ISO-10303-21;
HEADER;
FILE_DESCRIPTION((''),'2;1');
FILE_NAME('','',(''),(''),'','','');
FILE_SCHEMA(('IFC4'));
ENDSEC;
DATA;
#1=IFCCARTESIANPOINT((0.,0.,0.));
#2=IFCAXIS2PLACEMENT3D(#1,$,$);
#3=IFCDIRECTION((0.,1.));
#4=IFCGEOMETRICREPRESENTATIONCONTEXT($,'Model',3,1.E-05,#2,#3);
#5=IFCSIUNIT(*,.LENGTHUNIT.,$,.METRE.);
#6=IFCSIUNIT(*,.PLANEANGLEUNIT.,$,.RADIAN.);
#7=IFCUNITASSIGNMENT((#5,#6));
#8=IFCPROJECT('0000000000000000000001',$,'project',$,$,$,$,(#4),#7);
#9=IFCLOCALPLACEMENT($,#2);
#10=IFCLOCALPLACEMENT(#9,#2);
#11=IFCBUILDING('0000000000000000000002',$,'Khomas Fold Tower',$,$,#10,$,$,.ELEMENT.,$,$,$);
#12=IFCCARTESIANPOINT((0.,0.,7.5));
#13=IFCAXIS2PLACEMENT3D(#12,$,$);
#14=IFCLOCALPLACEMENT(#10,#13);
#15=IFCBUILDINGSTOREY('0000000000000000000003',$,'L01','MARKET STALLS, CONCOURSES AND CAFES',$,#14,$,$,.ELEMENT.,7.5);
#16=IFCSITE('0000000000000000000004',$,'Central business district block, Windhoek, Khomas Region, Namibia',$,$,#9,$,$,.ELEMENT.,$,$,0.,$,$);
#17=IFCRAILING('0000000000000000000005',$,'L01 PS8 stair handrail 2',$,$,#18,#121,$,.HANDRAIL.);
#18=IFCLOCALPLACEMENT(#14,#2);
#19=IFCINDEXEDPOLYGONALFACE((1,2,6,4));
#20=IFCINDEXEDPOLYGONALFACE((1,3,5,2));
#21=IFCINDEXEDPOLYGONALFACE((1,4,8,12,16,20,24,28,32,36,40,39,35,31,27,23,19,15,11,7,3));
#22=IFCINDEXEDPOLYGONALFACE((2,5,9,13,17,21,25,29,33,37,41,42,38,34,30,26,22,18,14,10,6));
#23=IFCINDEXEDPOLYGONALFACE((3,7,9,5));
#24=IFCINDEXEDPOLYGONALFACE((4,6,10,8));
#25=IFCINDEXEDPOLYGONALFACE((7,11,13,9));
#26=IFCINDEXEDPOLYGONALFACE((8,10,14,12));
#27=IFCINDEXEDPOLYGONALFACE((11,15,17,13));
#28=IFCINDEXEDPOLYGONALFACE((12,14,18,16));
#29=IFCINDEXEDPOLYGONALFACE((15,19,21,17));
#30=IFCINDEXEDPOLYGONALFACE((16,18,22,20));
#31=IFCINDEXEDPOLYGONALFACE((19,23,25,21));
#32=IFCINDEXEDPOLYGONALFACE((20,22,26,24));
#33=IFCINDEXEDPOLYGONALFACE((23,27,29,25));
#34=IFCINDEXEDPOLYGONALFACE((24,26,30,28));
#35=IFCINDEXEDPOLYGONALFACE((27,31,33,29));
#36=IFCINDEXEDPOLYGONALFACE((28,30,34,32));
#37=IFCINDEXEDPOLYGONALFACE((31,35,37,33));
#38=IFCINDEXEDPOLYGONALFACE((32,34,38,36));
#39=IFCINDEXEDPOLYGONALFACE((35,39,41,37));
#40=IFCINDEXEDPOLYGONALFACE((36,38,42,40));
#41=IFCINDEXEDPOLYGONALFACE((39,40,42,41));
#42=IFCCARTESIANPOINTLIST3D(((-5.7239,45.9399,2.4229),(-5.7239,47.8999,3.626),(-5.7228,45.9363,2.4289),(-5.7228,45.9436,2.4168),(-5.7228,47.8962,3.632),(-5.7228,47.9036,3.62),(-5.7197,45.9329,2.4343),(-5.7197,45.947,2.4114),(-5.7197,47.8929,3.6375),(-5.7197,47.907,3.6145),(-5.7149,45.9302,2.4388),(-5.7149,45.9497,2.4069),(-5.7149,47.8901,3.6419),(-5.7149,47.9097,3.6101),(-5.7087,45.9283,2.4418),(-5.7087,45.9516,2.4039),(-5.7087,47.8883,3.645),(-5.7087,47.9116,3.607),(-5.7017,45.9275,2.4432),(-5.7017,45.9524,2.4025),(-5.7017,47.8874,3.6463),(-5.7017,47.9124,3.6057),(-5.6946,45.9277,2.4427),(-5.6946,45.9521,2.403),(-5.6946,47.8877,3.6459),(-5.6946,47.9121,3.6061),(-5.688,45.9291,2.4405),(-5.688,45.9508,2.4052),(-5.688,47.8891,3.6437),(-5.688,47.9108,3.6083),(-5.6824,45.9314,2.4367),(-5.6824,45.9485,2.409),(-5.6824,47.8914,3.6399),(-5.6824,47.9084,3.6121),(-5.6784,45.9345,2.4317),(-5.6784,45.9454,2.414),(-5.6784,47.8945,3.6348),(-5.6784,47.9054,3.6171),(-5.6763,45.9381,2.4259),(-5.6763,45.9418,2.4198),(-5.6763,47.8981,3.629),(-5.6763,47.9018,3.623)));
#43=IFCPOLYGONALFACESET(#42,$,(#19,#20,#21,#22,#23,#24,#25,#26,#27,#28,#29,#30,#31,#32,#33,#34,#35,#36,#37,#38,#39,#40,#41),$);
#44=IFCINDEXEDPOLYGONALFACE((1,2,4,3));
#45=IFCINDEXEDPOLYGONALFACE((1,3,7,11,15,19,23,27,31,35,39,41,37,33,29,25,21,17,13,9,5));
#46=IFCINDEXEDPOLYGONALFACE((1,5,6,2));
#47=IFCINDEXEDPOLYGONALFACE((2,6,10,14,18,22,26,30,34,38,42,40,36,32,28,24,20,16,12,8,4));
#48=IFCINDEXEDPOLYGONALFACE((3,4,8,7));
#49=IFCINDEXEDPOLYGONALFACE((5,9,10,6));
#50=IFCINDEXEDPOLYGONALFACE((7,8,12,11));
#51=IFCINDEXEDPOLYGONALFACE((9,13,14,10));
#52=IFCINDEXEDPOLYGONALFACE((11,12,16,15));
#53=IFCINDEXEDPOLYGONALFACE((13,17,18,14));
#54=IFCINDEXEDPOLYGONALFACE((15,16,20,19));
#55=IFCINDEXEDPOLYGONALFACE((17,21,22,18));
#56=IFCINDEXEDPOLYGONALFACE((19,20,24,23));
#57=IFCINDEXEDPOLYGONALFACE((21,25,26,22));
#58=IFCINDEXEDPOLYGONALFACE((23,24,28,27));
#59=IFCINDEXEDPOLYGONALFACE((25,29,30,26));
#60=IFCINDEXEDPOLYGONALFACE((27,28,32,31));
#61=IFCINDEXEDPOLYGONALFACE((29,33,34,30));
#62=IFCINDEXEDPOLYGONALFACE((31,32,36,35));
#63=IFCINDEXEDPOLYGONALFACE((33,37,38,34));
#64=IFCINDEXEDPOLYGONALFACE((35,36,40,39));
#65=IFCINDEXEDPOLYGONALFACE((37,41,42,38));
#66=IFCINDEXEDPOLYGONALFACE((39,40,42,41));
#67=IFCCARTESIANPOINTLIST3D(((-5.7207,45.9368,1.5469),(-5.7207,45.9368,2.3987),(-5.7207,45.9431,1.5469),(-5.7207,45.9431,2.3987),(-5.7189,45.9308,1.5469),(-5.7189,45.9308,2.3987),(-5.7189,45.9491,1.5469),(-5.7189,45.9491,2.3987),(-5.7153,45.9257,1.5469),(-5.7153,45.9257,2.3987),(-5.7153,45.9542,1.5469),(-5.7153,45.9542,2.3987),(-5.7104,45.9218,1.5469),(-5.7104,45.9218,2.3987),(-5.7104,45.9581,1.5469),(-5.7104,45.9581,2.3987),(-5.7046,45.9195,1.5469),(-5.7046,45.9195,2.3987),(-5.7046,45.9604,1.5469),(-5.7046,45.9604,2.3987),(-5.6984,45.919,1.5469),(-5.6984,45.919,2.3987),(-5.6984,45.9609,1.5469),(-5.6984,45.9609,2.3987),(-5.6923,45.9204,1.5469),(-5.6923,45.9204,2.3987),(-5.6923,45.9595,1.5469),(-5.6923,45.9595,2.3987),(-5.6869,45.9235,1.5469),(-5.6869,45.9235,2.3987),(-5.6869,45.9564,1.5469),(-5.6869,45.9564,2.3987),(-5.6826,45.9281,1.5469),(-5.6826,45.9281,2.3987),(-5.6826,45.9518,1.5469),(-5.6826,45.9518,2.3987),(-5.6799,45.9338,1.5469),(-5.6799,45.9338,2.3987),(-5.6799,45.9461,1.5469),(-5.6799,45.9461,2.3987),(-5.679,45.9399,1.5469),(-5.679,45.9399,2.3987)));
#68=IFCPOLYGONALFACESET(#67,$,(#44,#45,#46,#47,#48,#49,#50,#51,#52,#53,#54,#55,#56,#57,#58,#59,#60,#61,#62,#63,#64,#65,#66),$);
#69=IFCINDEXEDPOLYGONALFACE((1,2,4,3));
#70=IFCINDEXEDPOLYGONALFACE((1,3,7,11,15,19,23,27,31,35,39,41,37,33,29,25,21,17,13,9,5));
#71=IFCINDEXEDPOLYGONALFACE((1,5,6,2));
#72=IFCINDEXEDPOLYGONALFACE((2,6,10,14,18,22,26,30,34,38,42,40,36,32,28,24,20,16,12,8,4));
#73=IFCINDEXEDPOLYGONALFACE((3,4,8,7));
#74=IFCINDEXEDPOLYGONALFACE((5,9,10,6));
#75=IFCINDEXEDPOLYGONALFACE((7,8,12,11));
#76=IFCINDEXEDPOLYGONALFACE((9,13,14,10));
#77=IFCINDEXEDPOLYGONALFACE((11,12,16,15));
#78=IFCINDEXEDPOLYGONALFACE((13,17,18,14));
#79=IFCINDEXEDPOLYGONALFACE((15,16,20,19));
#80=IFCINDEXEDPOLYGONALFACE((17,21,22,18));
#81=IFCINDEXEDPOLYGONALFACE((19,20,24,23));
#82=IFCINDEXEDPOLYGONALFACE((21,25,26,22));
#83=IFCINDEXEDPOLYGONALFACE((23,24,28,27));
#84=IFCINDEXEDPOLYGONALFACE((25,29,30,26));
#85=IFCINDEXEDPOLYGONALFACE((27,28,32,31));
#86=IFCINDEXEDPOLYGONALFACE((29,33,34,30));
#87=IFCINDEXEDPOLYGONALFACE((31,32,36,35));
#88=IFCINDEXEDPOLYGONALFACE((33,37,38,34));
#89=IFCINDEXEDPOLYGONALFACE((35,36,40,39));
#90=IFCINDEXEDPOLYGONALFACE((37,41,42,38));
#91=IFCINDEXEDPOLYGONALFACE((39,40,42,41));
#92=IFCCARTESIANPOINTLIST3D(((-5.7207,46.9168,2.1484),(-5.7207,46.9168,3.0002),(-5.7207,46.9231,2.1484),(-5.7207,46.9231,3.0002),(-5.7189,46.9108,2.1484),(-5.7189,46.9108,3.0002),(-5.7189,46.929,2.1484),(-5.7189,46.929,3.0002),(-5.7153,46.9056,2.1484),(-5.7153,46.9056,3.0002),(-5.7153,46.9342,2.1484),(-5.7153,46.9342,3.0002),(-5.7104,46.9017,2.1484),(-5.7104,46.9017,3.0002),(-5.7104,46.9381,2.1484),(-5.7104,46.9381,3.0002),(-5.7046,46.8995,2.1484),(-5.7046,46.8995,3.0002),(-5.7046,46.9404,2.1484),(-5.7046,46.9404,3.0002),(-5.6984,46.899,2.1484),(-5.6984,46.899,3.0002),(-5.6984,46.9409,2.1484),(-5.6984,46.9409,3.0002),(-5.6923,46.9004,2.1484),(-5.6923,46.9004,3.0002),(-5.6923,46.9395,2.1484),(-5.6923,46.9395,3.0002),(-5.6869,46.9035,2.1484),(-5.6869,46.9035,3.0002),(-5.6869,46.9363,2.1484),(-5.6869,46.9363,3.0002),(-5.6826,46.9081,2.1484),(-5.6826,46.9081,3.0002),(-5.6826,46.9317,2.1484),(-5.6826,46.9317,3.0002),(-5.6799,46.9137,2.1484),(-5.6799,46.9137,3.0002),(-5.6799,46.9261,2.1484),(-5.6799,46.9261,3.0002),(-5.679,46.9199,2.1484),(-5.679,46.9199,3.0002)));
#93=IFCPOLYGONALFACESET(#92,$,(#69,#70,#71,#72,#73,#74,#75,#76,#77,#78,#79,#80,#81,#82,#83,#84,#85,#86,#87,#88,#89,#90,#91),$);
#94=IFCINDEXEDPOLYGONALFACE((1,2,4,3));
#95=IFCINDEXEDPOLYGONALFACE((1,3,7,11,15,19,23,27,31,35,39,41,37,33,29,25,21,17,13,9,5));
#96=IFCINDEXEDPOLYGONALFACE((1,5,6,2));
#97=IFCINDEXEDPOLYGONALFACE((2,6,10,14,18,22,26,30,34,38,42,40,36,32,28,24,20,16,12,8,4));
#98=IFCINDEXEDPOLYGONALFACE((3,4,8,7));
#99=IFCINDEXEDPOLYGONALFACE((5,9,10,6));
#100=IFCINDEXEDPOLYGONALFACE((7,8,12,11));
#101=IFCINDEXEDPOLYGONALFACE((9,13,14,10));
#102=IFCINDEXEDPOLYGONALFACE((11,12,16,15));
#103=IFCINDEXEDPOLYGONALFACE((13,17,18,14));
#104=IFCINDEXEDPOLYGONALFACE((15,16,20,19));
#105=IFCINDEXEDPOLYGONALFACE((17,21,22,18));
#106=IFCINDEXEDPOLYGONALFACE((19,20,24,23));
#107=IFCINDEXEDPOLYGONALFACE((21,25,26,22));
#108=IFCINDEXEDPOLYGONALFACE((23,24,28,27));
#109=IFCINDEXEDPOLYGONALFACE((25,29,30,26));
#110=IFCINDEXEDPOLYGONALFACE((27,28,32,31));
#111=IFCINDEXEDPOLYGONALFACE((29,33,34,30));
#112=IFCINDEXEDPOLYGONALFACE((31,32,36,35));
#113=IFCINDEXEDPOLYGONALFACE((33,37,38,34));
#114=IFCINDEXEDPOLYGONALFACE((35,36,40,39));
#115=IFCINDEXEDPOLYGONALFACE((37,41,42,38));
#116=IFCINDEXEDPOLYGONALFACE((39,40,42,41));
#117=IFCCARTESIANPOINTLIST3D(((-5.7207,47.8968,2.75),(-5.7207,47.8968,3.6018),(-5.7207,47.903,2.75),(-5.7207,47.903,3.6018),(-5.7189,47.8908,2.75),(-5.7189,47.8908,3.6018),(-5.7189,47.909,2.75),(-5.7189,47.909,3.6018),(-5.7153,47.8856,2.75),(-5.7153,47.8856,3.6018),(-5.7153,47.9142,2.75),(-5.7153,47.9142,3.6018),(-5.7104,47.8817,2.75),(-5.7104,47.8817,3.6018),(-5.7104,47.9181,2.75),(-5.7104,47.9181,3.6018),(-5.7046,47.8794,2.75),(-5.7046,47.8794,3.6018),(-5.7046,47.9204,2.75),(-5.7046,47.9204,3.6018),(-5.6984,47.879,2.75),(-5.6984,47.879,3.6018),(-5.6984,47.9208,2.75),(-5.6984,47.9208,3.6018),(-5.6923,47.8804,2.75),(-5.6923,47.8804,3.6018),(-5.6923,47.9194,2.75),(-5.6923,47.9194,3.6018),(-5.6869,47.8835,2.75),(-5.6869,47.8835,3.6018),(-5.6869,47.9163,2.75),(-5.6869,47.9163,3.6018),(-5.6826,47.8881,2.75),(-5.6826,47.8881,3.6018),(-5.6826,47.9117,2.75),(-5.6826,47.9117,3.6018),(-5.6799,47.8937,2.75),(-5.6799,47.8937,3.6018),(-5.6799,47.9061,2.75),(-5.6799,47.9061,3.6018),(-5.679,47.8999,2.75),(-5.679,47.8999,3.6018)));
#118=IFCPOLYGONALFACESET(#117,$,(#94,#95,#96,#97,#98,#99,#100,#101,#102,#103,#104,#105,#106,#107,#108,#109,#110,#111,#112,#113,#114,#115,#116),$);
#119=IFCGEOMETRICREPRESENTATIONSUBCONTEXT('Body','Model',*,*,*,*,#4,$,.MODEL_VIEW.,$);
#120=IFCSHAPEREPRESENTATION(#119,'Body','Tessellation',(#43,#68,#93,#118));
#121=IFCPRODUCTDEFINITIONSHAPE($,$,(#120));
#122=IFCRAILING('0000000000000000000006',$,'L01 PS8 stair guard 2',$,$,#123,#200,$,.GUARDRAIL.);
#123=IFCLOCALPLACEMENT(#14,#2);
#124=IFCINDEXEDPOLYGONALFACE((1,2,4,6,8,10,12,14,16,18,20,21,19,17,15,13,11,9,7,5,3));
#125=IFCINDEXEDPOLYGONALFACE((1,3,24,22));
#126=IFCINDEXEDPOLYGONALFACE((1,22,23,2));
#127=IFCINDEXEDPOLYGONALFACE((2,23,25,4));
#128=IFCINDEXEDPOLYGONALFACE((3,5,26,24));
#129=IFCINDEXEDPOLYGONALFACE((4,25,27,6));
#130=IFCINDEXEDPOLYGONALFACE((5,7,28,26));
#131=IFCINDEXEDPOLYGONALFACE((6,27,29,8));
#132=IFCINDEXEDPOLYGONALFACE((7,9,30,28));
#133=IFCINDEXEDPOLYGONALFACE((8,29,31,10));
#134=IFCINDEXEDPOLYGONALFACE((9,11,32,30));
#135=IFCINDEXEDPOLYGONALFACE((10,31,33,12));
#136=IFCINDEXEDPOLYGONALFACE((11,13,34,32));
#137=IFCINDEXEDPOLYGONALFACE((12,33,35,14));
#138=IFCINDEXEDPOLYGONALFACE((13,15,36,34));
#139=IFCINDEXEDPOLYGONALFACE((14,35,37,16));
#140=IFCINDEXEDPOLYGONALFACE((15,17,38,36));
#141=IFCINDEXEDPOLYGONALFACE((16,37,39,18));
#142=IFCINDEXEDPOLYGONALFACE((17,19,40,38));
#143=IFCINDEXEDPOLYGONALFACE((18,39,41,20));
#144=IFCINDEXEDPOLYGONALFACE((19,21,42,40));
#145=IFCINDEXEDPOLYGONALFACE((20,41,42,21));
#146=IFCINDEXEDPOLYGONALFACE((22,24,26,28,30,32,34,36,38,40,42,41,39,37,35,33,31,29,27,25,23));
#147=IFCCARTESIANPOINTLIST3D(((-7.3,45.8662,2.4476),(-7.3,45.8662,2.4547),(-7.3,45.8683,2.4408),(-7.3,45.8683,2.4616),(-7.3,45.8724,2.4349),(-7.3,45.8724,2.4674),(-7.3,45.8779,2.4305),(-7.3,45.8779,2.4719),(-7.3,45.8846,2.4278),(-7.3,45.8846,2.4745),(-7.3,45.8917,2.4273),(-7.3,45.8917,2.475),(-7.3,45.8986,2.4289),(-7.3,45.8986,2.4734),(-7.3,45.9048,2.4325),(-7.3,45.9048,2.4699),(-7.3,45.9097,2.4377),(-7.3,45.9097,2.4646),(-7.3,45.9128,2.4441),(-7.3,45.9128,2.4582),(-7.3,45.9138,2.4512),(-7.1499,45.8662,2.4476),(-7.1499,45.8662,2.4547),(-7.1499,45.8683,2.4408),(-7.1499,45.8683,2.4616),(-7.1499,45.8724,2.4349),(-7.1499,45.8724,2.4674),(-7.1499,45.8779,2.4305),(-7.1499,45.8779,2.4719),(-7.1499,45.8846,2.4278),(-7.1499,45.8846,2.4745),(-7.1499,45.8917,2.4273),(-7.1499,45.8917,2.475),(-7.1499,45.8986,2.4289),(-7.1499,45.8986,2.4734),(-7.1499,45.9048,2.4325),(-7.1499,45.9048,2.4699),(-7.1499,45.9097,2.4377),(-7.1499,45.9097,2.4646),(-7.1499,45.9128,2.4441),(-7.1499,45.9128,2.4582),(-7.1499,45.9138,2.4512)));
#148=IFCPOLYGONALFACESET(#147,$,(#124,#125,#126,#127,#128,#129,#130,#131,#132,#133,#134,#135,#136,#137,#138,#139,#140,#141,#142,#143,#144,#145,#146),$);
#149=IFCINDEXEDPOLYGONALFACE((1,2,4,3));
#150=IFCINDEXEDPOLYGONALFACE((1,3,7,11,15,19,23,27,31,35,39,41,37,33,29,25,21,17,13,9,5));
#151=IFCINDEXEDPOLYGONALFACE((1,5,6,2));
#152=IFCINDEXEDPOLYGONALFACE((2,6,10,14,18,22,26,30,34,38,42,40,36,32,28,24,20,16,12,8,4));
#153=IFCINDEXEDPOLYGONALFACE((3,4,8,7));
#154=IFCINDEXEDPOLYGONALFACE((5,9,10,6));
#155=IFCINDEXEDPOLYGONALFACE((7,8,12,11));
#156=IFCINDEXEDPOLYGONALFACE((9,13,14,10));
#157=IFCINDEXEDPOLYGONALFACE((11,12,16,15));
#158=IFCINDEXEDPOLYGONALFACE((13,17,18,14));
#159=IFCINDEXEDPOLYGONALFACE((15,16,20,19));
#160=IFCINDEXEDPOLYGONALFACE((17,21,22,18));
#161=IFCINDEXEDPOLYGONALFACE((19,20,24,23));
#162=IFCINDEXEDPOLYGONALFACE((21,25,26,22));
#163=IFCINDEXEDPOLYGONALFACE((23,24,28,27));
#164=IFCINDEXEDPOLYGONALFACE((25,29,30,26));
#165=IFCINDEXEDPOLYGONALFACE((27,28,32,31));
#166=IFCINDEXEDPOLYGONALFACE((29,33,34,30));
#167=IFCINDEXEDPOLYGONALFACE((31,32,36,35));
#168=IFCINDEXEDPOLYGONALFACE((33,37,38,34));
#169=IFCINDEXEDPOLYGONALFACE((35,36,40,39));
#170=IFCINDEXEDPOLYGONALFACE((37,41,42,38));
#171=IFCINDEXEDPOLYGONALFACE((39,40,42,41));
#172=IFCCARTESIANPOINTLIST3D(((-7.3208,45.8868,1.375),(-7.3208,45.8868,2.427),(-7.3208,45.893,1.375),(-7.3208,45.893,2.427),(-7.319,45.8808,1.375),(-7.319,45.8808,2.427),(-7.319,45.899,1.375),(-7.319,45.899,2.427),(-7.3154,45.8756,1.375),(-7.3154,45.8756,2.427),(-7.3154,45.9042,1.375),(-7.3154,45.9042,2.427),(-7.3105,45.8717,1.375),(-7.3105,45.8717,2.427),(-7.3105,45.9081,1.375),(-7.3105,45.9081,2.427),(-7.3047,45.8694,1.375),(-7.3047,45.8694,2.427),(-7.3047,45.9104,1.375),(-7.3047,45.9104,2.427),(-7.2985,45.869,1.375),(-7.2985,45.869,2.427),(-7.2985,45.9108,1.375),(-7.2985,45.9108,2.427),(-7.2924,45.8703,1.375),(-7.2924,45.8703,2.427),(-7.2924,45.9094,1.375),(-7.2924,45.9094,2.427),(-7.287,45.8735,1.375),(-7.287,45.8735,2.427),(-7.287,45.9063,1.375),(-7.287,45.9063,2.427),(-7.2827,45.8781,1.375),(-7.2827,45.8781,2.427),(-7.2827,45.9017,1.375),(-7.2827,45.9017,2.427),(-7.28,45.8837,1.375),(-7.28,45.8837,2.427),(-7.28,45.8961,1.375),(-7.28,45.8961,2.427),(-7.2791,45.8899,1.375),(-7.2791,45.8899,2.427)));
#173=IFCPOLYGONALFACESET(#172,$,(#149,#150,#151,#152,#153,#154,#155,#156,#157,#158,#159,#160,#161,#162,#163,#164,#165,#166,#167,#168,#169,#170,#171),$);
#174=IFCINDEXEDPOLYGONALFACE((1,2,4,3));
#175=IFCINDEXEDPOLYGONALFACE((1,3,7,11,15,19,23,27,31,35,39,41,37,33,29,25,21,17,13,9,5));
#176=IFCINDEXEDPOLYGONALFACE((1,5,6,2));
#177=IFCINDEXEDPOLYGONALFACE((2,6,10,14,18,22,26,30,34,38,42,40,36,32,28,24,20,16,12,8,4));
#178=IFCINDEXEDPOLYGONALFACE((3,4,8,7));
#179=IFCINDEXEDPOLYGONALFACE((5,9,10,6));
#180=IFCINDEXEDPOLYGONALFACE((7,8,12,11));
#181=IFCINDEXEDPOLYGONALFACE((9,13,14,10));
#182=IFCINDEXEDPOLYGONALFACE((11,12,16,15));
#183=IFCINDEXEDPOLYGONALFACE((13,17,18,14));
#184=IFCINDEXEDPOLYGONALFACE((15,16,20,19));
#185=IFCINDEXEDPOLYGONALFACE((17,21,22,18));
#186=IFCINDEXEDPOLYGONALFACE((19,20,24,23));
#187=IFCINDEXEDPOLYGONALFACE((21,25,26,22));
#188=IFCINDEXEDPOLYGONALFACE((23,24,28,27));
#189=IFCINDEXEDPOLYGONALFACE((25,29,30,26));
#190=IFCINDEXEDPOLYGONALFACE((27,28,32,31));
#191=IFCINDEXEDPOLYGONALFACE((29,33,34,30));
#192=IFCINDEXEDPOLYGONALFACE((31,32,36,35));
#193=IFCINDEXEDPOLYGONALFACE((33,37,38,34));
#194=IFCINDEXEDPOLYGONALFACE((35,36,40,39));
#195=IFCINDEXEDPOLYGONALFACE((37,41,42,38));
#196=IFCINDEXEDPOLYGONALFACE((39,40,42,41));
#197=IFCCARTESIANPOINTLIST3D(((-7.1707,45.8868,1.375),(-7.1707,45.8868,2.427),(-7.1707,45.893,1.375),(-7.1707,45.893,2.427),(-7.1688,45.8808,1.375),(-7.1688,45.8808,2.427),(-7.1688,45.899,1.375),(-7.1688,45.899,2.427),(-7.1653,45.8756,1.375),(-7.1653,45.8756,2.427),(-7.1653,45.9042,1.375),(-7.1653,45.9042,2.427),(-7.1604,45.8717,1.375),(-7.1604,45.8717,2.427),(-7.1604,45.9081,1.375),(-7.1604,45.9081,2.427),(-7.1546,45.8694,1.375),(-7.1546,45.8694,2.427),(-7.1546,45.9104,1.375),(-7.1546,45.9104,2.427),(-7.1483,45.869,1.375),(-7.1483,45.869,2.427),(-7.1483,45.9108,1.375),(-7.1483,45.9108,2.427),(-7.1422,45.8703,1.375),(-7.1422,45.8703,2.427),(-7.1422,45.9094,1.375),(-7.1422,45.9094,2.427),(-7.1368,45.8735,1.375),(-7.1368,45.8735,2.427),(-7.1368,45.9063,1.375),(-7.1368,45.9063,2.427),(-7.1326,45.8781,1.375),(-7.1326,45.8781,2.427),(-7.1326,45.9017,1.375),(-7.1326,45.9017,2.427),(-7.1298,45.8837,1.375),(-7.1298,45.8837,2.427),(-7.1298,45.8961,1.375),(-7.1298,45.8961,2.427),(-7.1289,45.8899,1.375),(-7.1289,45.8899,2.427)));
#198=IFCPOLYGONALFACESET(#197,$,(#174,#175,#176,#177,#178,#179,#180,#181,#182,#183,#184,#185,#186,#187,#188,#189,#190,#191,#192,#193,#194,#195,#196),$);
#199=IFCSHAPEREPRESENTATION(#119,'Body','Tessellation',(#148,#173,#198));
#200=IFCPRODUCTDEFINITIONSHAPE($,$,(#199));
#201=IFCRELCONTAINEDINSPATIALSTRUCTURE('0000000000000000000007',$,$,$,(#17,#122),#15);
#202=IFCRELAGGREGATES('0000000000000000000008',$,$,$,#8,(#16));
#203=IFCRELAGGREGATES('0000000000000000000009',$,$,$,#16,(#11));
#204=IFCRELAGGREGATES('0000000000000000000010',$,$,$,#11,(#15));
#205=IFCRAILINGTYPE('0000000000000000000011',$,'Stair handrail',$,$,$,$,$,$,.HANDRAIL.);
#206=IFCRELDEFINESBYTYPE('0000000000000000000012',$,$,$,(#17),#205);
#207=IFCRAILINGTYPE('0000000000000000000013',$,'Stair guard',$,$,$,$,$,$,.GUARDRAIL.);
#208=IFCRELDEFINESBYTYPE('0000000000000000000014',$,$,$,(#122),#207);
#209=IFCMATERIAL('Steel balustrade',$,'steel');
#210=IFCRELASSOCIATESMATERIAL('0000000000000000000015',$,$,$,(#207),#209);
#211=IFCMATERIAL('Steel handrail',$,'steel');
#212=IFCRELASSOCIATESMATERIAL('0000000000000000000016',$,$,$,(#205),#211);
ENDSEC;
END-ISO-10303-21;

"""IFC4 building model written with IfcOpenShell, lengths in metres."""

from ifc_helpers import new_model, si_unit, direction, frame, origin, origin_2d, place, context, subcontext, project, spatial, circle, extrude, source, transform, mapped, material, type_object, element, save


model = new_model("IFC4")

# Units and contexts
model_context = context("Model", 3, precision=1e-05, world=origin(), true_north=direction((0.0, 1.0)))
body_context = subcontext(model_context, "Body", "Model", "MODEL_VIEW")
ifc_project = project(units=[si_unit("LENGTHUNIT", "METRE"), si_unit("PLANEANGLEUNIT", "RADIAN")], contexts=[model_context])

# Site, building, storey
site_placement = place(None, origin())
site = spatial("IfcSite", under=ifc_project, at=site_placement, Name="Central business district block, Windhoek, Khomas Region, Namibia", CompositionType="ELEMENT", RefElevation=0.0)
building_placement = place(site_placement, origin())
building = spatial("IfcBuilding", under=site, at=building_placement, Name="Khomas Fold Tower", CompositionType="ELEMENT")
storey_placement = place(building_placement, frame((0.0, 0.0, 7.5)))
storey = spatial("IfcBuildingStorey", under=building, at=storey_placement, Name="L01", Description="MARKET STALLS, CONCOURSES AND CAFES", CompositionType="ELEMENT", Elevation=7.5)

# Railings
ifc_material_1 = material(Name="Steel balustrade", Category="steel")
railing_type_1 = type_object("IfcRailingType", Name="Stair guard", PredefinedType="GUARDRAIL", material=ifc_material_1)
ifc_material_2 = material(Name="Steel handrail", Category="steel")
railing_type_2 = type_object("IfcRailingType", Name="Stair handrail", PredefinedType="HANDRAIL", material=ifc_material_2)
shared_shape_1 = source(origin(), body_context, "Body", "SweptSolid", [
    extrude(circle(Radius=0.0239, at=origin_2d()), frame((0.0, 0.0, 0.876), z_axis=(0.0, 0.852241, 0.523149), x_axis=(-1.0, 0.0, 0.0)), (0.0, 0.0, 1.0), 2.2998),
    extrude(circle(Radius=0.021, at=origin_2d()), origin(), (0.0, 0.0, 1.0), 0.8518),
    extrude(circle(Radius=0.021, at=origin_2d()), frame((0.0, 0.98, 0.6016)), (0.0, 0.0, 1.0), 0.8518),
    extrude(circle(Radius=0.021, at=origin_2d()), frame((0.0, 1.96, 1.2031)), (0.0, 0.0, 1.0), 0.8518),
])
railing_placement = place(storey_placement, frame((-5.7, 45.9399, 1.5469)))
element("IfcRailing", 1, at=railing_placement, inside=storey, type_object=railing_type_2, Name="L01 PS8 stair handrail 2", PredefinedType="HANDRAIL", context=body_context, shape_type="MappedRepresentation", body=[
    mapped(shared_shape_1, transform((0.0, 0.0, 0.0))),
])
shared_shape_2 = source(origin(), body_context, "Body", "SweptSolid", [
    extrude(circle(Radius=0.0239, at=origin_2d()), frame((0.0, 0.0, 1.0762), z_axis=(1.0, 0.0, 0.0), x_axis=(0.0, 1.0, 0.0)), (0.0, 0.0, 1.0), 0.1501),
    extrude(circle(Radius=0.021, at=origin_2d()), origin(), (0.0, 0.0, 1.0), 1.052),
    extrude(circle(Radius=0.021, at=origin_2d()), frame((0.1501, 0.0, 0.0)), (0.0, 0.0, 1.0), 1.052),
])
for number, where, name in (
    (2, (-7.3, 45.8899, 1.375), "L01 PS8 stair guard 2"),
):
    element("IfcRailing", number, at=place(storey_placement, frame(where)), inside=storey, type_object=railing_type_1, Name=name, PredefinedType="GUARDRAIL", context=body_context, shape_type="MappedRepresentation", body=[
        mapped(shared_shape_2, transform((0.0, 0.0, 0.0))),
    ])

save(model, "model.ifc")
